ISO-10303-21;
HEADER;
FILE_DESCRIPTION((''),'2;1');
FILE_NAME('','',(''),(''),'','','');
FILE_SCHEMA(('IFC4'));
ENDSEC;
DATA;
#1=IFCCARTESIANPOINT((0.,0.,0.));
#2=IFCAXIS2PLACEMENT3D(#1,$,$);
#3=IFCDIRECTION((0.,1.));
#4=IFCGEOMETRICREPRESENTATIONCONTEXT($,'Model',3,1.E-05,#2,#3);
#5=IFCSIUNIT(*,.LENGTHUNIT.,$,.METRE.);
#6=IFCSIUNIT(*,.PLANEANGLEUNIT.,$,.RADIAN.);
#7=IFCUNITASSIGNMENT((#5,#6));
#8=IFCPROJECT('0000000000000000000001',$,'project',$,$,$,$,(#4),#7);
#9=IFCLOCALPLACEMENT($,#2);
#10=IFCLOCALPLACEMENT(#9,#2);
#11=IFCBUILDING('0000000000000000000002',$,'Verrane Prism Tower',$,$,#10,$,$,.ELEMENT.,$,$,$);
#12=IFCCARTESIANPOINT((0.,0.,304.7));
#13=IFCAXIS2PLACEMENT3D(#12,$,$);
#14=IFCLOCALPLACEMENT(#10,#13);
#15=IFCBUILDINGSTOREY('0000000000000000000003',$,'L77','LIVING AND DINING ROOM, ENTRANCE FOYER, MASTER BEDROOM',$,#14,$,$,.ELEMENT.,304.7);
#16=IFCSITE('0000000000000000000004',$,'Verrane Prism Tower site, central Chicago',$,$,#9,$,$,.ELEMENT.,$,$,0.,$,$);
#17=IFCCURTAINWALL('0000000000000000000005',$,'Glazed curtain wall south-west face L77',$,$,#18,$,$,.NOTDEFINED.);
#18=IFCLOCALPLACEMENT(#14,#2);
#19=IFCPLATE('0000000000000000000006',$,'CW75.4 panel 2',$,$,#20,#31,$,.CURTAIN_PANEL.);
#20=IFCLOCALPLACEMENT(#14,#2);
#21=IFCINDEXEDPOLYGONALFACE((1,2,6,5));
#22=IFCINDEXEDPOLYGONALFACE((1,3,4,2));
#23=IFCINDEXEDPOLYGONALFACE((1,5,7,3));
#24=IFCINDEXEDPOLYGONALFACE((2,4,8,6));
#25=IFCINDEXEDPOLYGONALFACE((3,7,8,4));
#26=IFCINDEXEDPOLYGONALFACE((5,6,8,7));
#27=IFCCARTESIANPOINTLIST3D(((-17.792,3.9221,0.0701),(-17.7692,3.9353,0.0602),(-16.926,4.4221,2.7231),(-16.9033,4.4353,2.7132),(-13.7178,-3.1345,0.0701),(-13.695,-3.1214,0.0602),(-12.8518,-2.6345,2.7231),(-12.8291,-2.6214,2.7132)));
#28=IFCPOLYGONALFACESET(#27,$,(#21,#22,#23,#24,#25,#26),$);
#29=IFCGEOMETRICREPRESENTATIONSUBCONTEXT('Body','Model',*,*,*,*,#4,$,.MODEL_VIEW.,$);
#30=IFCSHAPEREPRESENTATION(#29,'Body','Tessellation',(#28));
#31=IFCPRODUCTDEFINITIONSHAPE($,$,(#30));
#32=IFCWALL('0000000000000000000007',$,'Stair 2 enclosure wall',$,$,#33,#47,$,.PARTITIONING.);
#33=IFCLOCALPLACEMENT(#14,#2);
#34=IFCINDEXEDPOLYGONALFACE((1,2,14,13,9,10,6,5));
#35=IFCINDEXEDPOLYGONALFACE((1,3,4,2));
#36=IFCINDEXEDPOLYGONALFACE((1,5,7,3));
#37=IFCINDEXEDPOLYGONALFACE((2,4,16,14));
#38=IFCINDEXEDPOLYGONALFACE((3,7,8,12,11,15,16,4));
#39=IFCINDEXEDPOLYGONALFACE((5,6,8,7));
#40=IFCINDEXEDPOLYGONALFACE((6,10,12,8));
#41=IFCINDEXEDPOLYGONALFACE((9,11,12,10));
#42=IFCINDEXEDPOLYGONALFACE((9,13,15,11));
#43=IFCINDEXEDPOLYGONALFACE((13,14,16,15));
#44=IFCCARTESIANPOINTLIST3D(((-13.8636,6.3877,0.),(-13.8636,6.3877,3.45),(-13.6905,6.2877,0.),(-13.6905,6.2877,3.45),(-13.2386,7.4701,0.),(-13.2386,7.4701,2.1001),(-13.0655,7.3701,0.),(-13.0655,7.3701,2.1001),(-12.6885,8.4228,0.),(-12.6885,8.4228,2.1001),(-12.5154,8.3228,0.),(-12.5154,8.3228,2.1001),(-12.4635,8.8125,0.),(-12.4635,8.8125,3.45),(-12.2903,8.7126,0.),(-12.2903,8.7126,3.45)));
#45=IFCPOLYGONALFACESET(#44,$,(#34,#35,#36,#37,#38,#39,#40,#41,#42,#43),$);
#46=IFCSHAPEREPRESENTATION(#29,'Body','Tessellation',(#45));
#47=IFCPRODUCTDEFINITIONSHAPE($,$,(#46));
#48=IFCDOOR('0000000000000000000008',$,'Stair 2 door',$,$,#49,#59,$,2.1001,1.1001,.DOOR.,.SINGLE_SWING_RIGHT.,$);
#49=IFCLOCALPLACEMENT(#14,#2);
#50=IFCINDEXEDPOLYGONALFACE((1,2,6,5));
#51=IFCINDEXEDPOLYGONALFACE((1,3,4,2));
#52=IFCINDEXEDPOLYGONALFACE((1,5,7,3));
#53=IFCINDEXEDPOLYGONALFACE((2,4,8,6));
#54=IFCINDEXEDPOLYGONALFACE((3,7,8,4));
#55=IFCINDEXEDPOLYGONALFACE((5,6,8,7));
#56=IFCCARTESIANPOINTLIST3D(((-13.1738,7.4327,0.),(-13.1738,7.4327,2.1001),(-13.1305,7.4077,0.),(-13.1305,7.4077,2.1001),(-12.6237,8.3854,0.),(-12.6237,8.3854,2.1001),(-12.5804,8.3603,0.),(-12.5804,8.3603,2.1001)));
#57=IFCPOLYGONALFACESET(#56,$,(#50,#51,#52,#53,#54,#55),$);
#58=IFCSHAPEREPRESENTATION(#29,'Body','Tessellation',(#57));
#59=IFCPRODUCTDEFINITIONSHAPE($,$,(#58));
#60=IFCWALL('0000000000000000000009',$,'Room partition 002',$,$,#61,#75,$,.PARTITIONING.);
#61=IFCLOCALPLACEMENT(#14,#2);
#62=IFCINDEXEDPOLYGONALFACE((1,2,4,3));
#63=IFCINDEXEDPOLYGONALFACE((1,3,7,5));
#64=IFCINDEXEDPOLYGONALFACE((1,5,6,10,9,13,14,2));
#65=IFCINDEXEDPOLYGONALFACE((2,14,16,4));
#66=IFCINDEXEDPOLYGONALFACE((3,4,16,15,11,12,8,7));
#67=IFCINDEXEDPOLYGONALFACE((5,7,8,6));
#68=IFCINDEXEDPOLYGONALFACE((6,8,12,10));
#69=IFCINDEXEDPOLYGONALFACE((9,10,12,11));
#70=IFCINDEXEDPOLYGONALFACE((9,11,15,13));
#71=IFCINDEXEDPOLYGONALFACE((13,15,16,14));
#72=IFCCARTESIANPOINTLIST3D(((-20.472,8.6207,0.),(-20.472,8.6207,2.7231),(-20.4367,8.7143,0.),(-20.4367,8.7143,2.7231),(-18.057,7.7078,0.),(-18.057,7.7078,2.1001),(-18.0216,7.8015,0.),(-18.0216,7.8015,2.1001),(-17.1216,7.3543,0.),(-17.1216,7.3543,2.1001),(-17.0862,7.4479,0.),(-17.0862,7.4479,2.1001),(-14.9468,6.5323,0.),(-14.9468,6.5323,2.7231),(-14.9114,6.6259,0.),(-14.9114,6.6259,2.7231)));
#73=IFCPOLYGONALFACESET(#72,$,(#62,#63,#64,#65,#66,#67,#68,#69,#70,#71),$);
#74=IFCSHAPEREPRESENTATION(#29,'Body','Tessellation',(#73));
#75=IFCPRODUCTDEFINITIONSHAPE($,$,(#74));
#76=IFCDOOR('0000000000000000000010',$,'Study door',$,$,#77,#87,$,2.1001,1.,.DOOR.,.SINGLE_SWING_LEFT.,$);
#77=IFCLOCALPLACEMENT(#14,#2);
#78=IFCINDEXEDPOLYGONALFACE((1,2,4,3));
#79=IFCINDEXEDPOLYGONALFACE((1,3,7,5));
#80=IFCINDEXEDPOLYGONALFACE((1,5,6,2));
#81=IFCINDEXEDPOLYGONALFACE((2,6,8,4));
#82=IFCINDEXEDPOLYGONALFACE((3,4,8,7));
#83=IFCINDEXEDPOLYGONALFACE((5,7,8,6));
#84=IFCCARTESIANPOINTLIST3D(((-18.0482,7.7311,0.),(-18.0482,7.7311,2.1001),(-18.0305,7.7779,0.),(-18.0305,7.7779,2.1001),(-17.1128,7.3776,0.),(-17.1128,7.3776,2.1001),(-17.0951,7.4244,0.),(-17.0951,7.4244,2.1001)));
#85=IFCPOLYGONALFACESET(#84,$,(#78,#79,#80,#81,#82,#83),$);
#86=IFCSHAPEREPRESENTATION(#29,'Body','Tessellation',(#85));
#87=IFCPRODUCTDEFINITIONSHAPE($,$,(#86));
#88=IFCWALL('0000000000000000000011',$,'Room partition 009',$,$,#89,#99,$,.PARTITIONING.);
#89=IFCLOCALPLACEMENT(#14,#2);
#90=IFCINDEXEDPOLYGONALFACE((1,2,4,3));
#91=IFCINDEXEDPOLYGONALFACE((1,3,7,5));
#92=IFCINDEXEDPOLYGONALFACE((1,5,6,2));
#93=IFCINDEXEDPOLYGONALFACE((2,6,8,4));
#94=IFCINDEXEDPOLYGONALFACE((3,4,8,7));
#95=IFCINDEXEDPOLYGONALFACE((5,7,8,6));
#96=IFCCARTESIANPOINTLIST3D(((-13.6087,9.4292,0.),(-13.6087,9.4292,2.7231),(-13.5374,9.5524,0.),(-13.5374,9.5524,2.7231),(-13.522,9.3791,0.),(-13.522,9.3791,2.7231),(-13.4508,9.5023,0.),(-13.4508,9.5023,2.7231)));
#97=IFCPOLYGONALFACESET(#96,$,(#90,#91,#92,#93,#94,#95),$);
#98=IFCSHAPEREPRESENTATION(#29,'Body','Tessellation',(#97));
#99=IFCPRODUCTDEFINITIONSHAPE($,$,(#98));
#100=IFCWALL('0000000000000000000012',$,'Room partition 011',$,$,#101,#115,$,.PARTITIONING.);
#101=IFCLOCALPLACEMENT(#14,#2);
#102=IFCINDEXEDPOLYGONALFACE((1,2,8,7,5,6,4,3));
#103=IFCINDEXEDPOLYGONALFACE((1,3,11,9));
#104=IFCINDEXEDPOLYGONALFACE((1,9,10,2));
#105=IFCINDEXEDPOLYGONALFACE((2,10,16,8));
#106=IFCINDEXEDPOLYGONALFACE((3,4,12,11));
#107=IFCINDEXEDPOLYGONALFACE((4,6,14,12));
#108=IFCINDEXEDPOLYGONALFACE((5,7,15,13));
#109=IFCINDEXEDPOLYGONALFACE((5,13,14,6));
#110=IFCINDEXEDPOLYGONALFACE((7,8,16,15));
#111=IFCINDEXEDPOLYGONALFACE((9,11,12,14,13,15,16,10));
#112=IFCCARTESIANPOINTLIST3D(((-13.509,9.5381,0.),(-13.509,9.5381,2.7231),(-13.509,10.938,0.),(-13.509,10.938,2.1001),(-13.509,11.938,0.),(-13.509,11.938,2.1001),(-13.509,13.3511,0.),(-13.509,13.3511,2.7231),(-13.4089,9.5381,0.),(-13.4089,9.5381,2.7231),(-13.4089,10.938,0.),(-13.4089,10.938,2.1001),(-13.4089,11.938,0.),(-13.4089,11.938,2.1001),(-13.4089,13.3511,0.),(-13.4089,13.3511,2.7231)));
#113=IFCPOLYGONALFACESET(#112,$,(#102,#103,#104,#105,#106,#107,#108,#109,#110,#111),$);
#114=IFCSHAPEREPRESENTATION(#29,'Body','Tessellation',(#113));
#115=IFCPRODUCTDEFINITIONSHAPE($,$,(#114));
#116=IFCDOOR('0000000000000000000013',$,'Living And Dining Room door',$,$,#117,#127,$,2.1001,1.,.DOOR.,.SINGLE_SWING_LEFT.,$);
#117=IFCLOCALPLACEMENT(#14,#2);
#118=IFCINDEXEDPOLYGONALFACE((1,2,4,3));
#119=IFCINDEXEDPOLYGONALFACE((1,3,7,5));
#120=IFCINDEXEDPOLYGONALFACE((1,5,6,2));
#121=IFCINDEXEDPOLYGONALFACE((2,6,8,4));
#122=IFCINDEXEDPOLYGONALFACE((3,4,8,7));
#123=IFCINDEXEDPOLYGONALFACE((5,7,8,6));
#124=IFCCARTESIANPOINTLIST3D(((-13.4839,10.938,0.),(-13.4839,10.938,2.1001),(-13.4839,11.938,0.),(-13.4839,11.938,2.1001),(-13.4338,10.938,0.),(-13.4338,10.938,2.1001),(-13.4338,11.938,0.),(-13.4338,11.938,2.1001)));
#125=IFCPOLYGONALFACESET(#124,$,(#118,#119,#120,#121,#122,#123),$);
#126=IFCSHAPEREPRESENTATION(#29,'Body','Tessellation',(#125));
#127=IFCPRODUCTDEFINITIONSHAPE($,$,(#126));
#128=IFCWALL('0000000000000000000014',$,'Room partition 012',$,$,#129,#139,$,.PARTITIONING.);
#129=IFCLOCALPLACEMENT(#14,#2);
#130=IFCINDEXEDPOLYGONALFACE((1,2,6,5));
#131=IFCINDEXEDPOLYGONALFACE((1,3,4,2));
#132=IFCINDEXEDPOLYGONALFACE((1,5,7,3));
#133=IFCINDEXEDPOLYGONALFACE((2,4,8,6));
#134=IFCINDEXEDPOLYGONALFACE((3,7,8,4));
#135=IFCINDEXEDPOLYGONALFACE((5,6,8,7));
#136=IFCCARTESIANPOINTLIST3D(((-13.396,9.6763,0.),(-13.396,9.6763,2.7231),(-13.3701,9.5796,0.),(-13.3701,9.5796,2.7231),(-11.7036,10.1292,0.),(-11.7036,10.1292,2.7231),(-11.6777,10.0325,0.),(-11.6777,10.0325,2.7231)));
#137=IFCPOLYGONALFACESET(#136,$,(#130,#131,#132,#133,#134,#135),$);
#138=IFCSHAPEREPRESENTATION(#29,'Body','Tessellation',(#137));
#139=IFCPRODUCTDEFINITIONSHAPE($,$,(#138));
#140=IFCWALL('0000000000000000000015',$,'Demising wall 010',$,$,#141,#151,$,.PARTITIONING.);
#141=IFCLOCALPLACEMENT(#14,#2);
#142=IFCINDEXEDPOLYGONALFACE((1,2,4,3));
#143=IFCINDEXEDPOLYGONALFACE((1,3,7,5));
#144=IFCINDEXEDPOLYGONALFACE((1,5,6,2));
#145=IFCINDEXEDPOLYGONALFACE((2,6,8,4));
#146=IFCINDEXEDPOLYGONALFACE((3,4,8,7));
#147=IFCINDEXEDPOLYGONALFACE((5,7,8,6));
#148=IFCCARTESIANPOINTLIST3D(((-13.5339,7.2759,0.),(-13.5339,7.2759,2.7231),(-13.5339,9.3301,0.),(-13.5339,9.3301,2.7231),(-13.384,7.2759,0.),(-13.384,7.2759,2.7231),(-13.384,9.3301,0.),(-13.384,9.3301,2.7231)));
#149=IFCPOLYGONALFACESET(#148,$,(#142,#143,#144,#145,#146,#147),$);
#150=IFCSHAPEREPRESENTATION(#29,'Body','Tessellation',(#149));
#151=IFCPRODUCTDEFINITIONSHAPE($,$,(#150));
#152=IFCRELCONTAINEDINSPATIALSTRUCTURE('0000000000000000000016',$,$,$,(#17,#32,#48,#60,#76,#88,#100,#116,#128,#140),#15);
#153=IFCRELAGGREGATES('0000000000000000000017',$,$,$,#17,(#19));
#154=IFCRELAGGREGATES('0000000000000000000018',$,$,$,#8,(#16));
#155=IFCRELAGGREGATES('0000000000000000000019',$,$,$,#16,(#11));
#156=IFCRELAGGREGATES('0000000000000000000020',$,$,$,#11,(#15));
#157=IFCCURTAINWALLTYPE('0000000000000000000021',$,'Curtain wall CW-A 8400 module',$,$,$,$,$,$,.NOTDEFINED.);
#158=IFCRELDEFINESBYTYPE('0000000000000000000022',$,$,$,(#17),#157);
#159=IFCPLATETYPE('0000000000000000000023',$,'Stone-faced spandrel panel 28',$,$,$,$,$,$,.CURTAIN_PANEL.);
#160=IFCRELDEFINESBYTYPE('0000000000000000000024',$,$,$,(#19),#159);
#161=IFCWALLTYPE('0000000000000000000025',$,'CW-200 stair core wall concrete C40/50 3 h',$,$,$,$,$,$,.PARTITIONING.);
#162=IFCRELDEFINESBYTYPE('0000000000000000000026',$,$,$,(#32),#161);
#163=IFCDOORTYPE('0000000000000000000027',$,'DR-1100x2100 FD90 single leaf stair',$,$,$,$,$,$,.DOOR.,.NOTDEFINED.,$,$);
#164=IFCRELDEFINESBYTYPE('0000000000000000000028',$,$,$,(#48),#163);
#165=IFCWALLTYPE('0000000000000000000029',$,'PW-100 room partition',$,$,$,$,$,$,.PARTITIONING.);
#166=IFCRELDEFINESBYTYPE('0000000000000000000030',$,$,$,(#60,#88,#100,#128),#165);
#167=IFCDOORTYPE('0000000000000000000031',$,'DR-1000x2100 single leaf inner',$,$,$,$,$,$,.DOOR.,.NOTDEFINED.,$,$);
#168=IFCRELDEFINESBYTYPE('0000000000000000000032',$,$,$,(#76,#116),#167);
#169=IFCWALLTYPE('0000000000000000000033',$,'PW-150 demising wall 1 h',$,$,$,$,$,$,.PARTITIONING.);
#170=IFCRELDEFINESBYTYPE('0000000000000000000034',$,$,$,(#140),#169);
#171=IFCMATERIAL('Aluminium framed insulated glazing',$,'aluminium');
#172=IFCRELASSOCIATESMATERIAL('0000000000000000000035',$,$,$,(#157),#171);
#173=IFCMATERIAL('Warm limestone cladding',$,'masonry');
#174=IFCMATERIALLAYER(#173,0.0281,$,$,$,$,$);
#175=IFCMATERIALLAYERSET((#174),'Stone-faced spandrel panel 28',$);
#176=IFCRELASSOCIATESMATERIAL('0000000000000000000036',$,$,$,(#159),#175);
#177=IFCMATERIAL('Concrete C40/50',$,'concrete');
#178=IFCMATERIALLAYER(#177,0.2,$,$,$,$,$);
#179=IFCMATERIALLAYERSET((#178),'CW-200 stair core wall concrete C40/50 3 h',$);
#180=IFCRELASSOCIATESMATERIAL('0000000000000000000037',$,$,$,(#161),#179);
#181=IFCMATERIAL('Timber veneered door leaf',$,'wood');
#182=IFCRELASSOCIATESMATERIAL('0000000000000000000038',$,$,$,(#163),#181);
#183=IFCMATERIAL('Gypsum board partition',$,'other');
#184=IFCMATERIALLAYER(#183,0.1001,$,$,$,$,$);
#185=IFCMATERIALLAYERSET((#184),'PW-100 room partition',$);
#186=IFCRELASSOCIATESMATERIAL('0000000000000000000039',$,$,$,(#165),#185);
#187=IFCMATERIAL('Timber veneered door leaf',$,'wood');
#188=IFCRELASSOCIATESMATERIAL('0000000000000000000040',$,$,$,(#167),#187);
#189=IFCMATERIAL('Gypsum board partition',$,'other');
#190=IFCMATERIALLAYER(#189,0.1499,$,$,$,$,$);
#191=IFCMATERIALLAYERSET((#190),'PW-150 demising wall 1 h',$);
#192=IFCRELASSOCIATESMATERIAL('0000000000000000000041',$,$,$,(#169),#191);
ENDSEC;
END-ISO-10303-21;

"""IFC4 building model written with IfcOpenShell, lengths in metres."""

from ifc_helpers import new_model, si_unit, direction, frame, frame_2d, origin, place, context, subcontext, project, spatial, polyline, rectangle, outline, extrude, material, layer, layer_set, type_object, element, fill, aggregate, save


model = new_model("IFC4")

# Units and contexts
model_context = context("Model", 3, precision=1e-05, world=origin(), true_north=direction((0.0, 1.0)))
body_context = subcontext(model_context, "Body", "Model", "MODEL_VIEW")
ifc_project = project(units=[si_unit("LENGTHUNIT", "METRE"), si_unit("PLANEANGLEUNIT", "RADIAN")], contexts=[model_context])

# Site, building, storey
site_placement = place(None, origin())
site = spatial("IfcSite", under=ifc_project, at=site_placement, Name="Verrane Prism Tower site, central Chicago", CompositionType="ELEMENT", RefElevation=0.0)
building_placement = place(site_placement, origin())
building = spatial("IfcBuilding", under=site, at=building_placement, Name="Verrane Prism Tower", CompositionType="ELEMENT")
storey_placement = place(building_placement, frame((0.0, 0.0, 304.7)))
storey = spatial("IfcBuildingStorey", under=building, at=storey_placement, Name="L77", Description="LIVING AND DINING ROOM, ENTRANCE FOYER, MASTER BEDROOM", CompositionType="ELEMENT", Elevation=304.7)

# Curtain wall
ifc_material_1 = material(Name="Aluminium framed insulated glazing", Category="aluminium")
curtain_wall_type = type_object("IfcCurtainWallType", Name="Curtain wall CW-A 8400 module", PredefinedType="NOTDEFINED", material=ifc_material_1)
curtain_wall_placement = place(storey_placement, origin())
curtain_wall = element("IfcCurtainWall", 1, at=curtain_wall_placement, inside=storey, type_object=curtain_wall_type, Name="Glazed curtain wall south-west face L77", PredefinedType="NOTDEFINED")

# Plate
ifc_material_2 = material(Name="Warm limestone cladding", Category="masonry")
ifc_layer_1 = layer(ifc_material_2, 0.0281)
ifc_layer_set_1 = layer_set([ifc_layer_1], Name="Stone-faced spandrel panel 28")
plate_type = type_object("IfcPlateType", Name="Stone-faced spandrel panel 28", PredefinedType="CURTAIN_PANEL", material=ifc_layer_set_1)
plate_placement = place(storey_placement, frame((-17.792, 3.9221, 0.0701), z_axis=(-0.810374, -0.467877, 0.352683), x_axis=(0.500006, -0.866022, 0.0)))
plate = element("IfcPlate", 2, at=plate_placement, type_object=plate_type, Name="CW75.4 panel 2", PredefinedType="CURTAIN_PANEL", context=body_context, shape_type="SweptSolid", body=[
    extrude(outline(polyline([(0.0, 0.0), (8.1483, 0.0), (8.1483, 2.8353), (0.0, 2.8353), (0.0, 0.0)])), origin(), (0.0, 0.0, -1.0), 0.0281),
])
aggregate(curtain_wall, [plate])

# Walls, openings, doors
ifc_material_3 = material(Name="Concrete C40/50", Category="concrete")
ifc_layer_2 = layer(ifc_material_3, 0.2)
ifc_layer_set_2 = layer_set([ifc_layer_2], Name="CW-200 stair core wall concrete C40/50 3 h")
wall_type_1 = type_object("IfcWallType", Name="CW-200 stair core wall concrete C40/50 3 h", PredefinedType="PARTITIONING", material=ifc_layer_set_2)
wall_1_placement = place(storey_placement, frame((-12.377, 8.7625, 0.0), z_axis=(0.0, 0.0, 1.0), x_axis=(-0.50005, -0.865997, 0.0)))
wall_1 = element("IfcWall", 3, at=wall_1_placement, inside=storey, type_object=wall_type_1, Name="Stair 2 enclosure wall", PredefinedType="PARTITIONING", context=body_context, shape_type="SweptSolid", body=[
    extrude(rectangle(XDim=2.8, YDim=0.2, at=frame_2d((1.3999, 0.0))), origin(), (0.0, 0.0, 1.0), 3.45),
])
opening_1_placement = place(wall_1_placement, frame((0.45, 0.0, 0.0)))
opening_1 = element("IfcOpeningElement", 4, at=opening_1_placement, cuts=wall_1, PredefinedType="OPENING", context=body_context, shape_type="SweptSolid", body=[
    extrude(rectangle(XDim=1.1001, YDim=2.1001, at=frame_2d((0.55, 1.05))), frame((0.0, 0.1099, 0.0), z_axis=(0.0, -1.0, 0.0), x_axis=(1.0, 0.0, 0.0)), (0.0, 0.0, 1.0), 0.22),
])
ifc_material_4 = material(Name="Timber veneered door leaf", Category="wood")
door_type_1 = type_object("IfcDoorType", Name="DR-1100x2100 FD90 single leaf stair", OperationType="NOTDEFINED", PredefinedType="DOOR", material=ifc_material_4)
door_1_placement = place(opening_1_placement, origin())
door_1 = element("IfcDoor", 5, at=door_1_placement, inside=storey, type_object=door_type_1, Name="Stair 2 door", OperationType="SINGLE_SWING_RIGHT", OverallHeight=2.1001, OverallWidth=1.1001, PredefinedType="DOOR", context=body_context, shape_type="SweptSolid", body=[
    extrude(rectangle(XDim=1.1001, YDim=2.1001, at=frame_2d((0.55, 1.05))), frame((0.0, 0.0249, 0.0), z_axis=(0.0, -1.0, 0.0), x_axis=(1.0, 0.0, 0.0)), (0.0, 0.0, 1.0), 0.05),
])
fill(opening_1, door_1)
ifc_material_5 = material(Name="Gypsum board partition", Category="other")
ifc_layer_3 = layer(ifc_material_5, 0.1001)
ifc_layer_set_3 = layer_set([ifc_layer_3], Name="PW-100 room partition")
wall_type_2 = type_object("IfcWallType", Name="PW-100 room partition", PredefinedType="PARTITIONING", material=ifc_layer_set_3)
wall_2_placement = place(storey_placement, frame((-20.4543, 8.6675, 0.0), z_axis=(0.0, 0.0, 1.0), x_axis=(0.93541, -0.353564, 0.0)))
wall_2 = element("IfcWall", 6, at=wall_2_placement, inside=storey, type_object=wall_type_2, Name="Room partition 002", PredefinedType="PARTITIONING", context=body_context, shape_type="SweptSolid", body=[
    extrude(rectangle(XDim=5.9067, YDim=0.1001, at=frame_2d((2.9534, 0.0))), origin(), (0.0, 0.0, 1.0), 2.7231),
])
opening_2_placement = place(wall_2_placement, frame((2.5818, 0.0, 0.0)))
opening_2 = element("IfcOpeningElement", 7, at=opening_2_placement, cuts=wall_2, PredefinedType="OPENING", context=body_context, shape_type="SweptSolid", body=[
    extrude(rectangle(XDim=1.0, YDim=2.1001, at=frame_2d((0.5, 1.05))), frame((0.0, 0.0601, 0.0), z_axis=(0.0, -1.0, 0.0), x_axis=(1.0, 0.0, 0.0)), (0.0, 0.0, 1.0), 0.1201),
])
ifc_material_6 = material(Name="Timber veneered door leaf", Category="wood")
door_type_2 = type_object("IfcDoorType", Name="DR-1000x2100 single leaf inner", OperationType="NOTDEFINED", PredefinedType="DOOR", material=ifc_material_6)
door_2_placement = place(opening_2_placement, origin())
door_2 = element("IfcDoor", 8, at=door_2_placement, inside=storey, type_object=door_type_2, Name="Study door", OperationType="SINGLE_SWING_LEFT", OverallHeight=2.1001, OverallWidth=1.0, PredefinedType="DOOR", context=body_context, shape_type="SweptSolid", body=[
    extrude(rectangle(XDim=1.0, YDim=2.1001, at=frame_2d((0.5, 1.05))), frame((0.0, 0.0249, 0.0), z_axis=(0.0, -1.0, 0.0), x_axis=(1.0, 0.0, 0.0)), (0.0, 0.0, 1.0), 0.05),
])
fill(opening_2, door_2)

# Wall
wall_3_placement = place(storey_placement, frame((-13.5654, 9.4041, 0.0), z_axis=(0.0, 0.0, 1.0), x_axis=(0.500563, 0.8657, 0.0)))
element("IfcWall", 9, at=wall_3_placement, inside=storey, type_object=wall_type_2, Name="Room partition 009", PredefinedType="PARTITIONING", context=body_context, shape_type="SweptSolid", body=[
    extrude(rectangle(XDim=0.1423, YDim=0.1001, at=frame_2d((0.0713, 0.0))), origin(), (0.0, 0.0, 1.0), 2.7231),
])

# Wall, opening, door
wall_4_placement = place(storey_placement, frame((-13.459, 9.5381, 0.0), z_axis=(0.0, 0.0, 1.0), x_axis=(0.0, 1.0, 0.0)))
wall_4 = element("IfcWall", 10, at=wall_4_placement, inside=storey, type_object=wall_type_2, Name="Room partition 011", PredefinedType="PARTITIONING", context=body_context, shape_type="SweptSolid", body=[
    extrude(rectangle(XDim=3.813, YDim=0.1001, at=frame_2d((1.9065, 0.0))), origin(), (0.0, 0.0, 1.0), 2.7231),
])
opening_3_placement = place(wall_4_placement, frame((1.3999, 0.0, 0.0)))
opening_3 = element("IfcOpeningElement", 11, at=opening_3_placement, cuts=wall_4, PredefinedType="OPENING", context=body_context, shape_type="SweptSolid", body=[
    extrude(rectangle(XDim=1.0, YDim=2.1001, at=frame_2d((0.5, 1.05))), frame((0.0, 0.0601, 0.0), z_axis=(0.0, -1.0, 0.0), x_axis=(1.0, 0.0, 0.0)), (0.0, 0.0, 1.0), 0.1201),
])
door_3_placement = place(opening_3_placement, origin())
door_3 = element("IfcDoor", 12, at=door_3_placement, inside=storey, type_object=door_type_2, Name="Living And Dining Room door", OperationType="SINGLE_SWING_LEFT", OverallHeight=2.1001, OverallWidth=1.0, PredefinedType="DOOR", context=body_context, shape_type="SweptSolid", body=[
    extrude(rectangle(XDim=1.0, YDim=2.1001, at=frame_2d((0.5, 1.05))), frame((0.0, 0.0249, 0.0), z_axis=(0.0, -1.0, 0.0), x_axis=(1.0, 0.0, 0.0)), (0.0, 0.0, 1.0), 0.05),
])
fill(opening_3, door_3)

# Walls
wall_5_placement = place(storey_placement, frame((-13.3831, 9.6279, 0.0), z_axis=(0.0, 0.0, 1.0), x_axis=(0.96601, 0.258504, 0.0)))
element("IfcWall", 13, at=wall_5_placement, inside=storey, type_object=wall_type_2, Name="Room partition 012", PredefinedType="PARTITIONING", context=body_context, shape_type="SweptSolid", body=[
    extrude(rectangle(XDim=1.752, YDim=0.1001, at=frame_2d((0.876, 0.0))), origin(), (0.0, 0.0, 1.0), 2.7231),
])
ifc_material_7 = material(Name="Gypsum board partition", Category="other")
ifc_layer_4 = layer(ifc_material_7, 0.1499)
ifc_layer_set_4 = layer_set([ifc_layer_4], Name="PW-150 demising wall 1 h")
wall_type_3 = type_object("IfcWallType", Name="PW-150 demising wall 1 h", PredefinedType="PARTITIONING", material=ifc_layer_set_4)
wall_6_placement = place(storey_placement, frame((-13.459, 7.2759, 0.0), z_axis=(0.0, 0.0, 1.0), x_axis=(0.0, 1.0, 0.0)))
element("IfcWall", 14, at=wall_6_placement, inside=storey, type_object=wall_type_3, Name="Demising wall 010", PredefinedType="PARTITIONING", context=body_context, shape_type="SweptSolid", body=[
    extrude(rectangle(XDim=2.0542, YDim=0.1499, at=frame_2d((1.0271, 0.0))), origin(), (0.0, 0.0, 1.0), 2.7231),
])

save(model, "model.ifc")
